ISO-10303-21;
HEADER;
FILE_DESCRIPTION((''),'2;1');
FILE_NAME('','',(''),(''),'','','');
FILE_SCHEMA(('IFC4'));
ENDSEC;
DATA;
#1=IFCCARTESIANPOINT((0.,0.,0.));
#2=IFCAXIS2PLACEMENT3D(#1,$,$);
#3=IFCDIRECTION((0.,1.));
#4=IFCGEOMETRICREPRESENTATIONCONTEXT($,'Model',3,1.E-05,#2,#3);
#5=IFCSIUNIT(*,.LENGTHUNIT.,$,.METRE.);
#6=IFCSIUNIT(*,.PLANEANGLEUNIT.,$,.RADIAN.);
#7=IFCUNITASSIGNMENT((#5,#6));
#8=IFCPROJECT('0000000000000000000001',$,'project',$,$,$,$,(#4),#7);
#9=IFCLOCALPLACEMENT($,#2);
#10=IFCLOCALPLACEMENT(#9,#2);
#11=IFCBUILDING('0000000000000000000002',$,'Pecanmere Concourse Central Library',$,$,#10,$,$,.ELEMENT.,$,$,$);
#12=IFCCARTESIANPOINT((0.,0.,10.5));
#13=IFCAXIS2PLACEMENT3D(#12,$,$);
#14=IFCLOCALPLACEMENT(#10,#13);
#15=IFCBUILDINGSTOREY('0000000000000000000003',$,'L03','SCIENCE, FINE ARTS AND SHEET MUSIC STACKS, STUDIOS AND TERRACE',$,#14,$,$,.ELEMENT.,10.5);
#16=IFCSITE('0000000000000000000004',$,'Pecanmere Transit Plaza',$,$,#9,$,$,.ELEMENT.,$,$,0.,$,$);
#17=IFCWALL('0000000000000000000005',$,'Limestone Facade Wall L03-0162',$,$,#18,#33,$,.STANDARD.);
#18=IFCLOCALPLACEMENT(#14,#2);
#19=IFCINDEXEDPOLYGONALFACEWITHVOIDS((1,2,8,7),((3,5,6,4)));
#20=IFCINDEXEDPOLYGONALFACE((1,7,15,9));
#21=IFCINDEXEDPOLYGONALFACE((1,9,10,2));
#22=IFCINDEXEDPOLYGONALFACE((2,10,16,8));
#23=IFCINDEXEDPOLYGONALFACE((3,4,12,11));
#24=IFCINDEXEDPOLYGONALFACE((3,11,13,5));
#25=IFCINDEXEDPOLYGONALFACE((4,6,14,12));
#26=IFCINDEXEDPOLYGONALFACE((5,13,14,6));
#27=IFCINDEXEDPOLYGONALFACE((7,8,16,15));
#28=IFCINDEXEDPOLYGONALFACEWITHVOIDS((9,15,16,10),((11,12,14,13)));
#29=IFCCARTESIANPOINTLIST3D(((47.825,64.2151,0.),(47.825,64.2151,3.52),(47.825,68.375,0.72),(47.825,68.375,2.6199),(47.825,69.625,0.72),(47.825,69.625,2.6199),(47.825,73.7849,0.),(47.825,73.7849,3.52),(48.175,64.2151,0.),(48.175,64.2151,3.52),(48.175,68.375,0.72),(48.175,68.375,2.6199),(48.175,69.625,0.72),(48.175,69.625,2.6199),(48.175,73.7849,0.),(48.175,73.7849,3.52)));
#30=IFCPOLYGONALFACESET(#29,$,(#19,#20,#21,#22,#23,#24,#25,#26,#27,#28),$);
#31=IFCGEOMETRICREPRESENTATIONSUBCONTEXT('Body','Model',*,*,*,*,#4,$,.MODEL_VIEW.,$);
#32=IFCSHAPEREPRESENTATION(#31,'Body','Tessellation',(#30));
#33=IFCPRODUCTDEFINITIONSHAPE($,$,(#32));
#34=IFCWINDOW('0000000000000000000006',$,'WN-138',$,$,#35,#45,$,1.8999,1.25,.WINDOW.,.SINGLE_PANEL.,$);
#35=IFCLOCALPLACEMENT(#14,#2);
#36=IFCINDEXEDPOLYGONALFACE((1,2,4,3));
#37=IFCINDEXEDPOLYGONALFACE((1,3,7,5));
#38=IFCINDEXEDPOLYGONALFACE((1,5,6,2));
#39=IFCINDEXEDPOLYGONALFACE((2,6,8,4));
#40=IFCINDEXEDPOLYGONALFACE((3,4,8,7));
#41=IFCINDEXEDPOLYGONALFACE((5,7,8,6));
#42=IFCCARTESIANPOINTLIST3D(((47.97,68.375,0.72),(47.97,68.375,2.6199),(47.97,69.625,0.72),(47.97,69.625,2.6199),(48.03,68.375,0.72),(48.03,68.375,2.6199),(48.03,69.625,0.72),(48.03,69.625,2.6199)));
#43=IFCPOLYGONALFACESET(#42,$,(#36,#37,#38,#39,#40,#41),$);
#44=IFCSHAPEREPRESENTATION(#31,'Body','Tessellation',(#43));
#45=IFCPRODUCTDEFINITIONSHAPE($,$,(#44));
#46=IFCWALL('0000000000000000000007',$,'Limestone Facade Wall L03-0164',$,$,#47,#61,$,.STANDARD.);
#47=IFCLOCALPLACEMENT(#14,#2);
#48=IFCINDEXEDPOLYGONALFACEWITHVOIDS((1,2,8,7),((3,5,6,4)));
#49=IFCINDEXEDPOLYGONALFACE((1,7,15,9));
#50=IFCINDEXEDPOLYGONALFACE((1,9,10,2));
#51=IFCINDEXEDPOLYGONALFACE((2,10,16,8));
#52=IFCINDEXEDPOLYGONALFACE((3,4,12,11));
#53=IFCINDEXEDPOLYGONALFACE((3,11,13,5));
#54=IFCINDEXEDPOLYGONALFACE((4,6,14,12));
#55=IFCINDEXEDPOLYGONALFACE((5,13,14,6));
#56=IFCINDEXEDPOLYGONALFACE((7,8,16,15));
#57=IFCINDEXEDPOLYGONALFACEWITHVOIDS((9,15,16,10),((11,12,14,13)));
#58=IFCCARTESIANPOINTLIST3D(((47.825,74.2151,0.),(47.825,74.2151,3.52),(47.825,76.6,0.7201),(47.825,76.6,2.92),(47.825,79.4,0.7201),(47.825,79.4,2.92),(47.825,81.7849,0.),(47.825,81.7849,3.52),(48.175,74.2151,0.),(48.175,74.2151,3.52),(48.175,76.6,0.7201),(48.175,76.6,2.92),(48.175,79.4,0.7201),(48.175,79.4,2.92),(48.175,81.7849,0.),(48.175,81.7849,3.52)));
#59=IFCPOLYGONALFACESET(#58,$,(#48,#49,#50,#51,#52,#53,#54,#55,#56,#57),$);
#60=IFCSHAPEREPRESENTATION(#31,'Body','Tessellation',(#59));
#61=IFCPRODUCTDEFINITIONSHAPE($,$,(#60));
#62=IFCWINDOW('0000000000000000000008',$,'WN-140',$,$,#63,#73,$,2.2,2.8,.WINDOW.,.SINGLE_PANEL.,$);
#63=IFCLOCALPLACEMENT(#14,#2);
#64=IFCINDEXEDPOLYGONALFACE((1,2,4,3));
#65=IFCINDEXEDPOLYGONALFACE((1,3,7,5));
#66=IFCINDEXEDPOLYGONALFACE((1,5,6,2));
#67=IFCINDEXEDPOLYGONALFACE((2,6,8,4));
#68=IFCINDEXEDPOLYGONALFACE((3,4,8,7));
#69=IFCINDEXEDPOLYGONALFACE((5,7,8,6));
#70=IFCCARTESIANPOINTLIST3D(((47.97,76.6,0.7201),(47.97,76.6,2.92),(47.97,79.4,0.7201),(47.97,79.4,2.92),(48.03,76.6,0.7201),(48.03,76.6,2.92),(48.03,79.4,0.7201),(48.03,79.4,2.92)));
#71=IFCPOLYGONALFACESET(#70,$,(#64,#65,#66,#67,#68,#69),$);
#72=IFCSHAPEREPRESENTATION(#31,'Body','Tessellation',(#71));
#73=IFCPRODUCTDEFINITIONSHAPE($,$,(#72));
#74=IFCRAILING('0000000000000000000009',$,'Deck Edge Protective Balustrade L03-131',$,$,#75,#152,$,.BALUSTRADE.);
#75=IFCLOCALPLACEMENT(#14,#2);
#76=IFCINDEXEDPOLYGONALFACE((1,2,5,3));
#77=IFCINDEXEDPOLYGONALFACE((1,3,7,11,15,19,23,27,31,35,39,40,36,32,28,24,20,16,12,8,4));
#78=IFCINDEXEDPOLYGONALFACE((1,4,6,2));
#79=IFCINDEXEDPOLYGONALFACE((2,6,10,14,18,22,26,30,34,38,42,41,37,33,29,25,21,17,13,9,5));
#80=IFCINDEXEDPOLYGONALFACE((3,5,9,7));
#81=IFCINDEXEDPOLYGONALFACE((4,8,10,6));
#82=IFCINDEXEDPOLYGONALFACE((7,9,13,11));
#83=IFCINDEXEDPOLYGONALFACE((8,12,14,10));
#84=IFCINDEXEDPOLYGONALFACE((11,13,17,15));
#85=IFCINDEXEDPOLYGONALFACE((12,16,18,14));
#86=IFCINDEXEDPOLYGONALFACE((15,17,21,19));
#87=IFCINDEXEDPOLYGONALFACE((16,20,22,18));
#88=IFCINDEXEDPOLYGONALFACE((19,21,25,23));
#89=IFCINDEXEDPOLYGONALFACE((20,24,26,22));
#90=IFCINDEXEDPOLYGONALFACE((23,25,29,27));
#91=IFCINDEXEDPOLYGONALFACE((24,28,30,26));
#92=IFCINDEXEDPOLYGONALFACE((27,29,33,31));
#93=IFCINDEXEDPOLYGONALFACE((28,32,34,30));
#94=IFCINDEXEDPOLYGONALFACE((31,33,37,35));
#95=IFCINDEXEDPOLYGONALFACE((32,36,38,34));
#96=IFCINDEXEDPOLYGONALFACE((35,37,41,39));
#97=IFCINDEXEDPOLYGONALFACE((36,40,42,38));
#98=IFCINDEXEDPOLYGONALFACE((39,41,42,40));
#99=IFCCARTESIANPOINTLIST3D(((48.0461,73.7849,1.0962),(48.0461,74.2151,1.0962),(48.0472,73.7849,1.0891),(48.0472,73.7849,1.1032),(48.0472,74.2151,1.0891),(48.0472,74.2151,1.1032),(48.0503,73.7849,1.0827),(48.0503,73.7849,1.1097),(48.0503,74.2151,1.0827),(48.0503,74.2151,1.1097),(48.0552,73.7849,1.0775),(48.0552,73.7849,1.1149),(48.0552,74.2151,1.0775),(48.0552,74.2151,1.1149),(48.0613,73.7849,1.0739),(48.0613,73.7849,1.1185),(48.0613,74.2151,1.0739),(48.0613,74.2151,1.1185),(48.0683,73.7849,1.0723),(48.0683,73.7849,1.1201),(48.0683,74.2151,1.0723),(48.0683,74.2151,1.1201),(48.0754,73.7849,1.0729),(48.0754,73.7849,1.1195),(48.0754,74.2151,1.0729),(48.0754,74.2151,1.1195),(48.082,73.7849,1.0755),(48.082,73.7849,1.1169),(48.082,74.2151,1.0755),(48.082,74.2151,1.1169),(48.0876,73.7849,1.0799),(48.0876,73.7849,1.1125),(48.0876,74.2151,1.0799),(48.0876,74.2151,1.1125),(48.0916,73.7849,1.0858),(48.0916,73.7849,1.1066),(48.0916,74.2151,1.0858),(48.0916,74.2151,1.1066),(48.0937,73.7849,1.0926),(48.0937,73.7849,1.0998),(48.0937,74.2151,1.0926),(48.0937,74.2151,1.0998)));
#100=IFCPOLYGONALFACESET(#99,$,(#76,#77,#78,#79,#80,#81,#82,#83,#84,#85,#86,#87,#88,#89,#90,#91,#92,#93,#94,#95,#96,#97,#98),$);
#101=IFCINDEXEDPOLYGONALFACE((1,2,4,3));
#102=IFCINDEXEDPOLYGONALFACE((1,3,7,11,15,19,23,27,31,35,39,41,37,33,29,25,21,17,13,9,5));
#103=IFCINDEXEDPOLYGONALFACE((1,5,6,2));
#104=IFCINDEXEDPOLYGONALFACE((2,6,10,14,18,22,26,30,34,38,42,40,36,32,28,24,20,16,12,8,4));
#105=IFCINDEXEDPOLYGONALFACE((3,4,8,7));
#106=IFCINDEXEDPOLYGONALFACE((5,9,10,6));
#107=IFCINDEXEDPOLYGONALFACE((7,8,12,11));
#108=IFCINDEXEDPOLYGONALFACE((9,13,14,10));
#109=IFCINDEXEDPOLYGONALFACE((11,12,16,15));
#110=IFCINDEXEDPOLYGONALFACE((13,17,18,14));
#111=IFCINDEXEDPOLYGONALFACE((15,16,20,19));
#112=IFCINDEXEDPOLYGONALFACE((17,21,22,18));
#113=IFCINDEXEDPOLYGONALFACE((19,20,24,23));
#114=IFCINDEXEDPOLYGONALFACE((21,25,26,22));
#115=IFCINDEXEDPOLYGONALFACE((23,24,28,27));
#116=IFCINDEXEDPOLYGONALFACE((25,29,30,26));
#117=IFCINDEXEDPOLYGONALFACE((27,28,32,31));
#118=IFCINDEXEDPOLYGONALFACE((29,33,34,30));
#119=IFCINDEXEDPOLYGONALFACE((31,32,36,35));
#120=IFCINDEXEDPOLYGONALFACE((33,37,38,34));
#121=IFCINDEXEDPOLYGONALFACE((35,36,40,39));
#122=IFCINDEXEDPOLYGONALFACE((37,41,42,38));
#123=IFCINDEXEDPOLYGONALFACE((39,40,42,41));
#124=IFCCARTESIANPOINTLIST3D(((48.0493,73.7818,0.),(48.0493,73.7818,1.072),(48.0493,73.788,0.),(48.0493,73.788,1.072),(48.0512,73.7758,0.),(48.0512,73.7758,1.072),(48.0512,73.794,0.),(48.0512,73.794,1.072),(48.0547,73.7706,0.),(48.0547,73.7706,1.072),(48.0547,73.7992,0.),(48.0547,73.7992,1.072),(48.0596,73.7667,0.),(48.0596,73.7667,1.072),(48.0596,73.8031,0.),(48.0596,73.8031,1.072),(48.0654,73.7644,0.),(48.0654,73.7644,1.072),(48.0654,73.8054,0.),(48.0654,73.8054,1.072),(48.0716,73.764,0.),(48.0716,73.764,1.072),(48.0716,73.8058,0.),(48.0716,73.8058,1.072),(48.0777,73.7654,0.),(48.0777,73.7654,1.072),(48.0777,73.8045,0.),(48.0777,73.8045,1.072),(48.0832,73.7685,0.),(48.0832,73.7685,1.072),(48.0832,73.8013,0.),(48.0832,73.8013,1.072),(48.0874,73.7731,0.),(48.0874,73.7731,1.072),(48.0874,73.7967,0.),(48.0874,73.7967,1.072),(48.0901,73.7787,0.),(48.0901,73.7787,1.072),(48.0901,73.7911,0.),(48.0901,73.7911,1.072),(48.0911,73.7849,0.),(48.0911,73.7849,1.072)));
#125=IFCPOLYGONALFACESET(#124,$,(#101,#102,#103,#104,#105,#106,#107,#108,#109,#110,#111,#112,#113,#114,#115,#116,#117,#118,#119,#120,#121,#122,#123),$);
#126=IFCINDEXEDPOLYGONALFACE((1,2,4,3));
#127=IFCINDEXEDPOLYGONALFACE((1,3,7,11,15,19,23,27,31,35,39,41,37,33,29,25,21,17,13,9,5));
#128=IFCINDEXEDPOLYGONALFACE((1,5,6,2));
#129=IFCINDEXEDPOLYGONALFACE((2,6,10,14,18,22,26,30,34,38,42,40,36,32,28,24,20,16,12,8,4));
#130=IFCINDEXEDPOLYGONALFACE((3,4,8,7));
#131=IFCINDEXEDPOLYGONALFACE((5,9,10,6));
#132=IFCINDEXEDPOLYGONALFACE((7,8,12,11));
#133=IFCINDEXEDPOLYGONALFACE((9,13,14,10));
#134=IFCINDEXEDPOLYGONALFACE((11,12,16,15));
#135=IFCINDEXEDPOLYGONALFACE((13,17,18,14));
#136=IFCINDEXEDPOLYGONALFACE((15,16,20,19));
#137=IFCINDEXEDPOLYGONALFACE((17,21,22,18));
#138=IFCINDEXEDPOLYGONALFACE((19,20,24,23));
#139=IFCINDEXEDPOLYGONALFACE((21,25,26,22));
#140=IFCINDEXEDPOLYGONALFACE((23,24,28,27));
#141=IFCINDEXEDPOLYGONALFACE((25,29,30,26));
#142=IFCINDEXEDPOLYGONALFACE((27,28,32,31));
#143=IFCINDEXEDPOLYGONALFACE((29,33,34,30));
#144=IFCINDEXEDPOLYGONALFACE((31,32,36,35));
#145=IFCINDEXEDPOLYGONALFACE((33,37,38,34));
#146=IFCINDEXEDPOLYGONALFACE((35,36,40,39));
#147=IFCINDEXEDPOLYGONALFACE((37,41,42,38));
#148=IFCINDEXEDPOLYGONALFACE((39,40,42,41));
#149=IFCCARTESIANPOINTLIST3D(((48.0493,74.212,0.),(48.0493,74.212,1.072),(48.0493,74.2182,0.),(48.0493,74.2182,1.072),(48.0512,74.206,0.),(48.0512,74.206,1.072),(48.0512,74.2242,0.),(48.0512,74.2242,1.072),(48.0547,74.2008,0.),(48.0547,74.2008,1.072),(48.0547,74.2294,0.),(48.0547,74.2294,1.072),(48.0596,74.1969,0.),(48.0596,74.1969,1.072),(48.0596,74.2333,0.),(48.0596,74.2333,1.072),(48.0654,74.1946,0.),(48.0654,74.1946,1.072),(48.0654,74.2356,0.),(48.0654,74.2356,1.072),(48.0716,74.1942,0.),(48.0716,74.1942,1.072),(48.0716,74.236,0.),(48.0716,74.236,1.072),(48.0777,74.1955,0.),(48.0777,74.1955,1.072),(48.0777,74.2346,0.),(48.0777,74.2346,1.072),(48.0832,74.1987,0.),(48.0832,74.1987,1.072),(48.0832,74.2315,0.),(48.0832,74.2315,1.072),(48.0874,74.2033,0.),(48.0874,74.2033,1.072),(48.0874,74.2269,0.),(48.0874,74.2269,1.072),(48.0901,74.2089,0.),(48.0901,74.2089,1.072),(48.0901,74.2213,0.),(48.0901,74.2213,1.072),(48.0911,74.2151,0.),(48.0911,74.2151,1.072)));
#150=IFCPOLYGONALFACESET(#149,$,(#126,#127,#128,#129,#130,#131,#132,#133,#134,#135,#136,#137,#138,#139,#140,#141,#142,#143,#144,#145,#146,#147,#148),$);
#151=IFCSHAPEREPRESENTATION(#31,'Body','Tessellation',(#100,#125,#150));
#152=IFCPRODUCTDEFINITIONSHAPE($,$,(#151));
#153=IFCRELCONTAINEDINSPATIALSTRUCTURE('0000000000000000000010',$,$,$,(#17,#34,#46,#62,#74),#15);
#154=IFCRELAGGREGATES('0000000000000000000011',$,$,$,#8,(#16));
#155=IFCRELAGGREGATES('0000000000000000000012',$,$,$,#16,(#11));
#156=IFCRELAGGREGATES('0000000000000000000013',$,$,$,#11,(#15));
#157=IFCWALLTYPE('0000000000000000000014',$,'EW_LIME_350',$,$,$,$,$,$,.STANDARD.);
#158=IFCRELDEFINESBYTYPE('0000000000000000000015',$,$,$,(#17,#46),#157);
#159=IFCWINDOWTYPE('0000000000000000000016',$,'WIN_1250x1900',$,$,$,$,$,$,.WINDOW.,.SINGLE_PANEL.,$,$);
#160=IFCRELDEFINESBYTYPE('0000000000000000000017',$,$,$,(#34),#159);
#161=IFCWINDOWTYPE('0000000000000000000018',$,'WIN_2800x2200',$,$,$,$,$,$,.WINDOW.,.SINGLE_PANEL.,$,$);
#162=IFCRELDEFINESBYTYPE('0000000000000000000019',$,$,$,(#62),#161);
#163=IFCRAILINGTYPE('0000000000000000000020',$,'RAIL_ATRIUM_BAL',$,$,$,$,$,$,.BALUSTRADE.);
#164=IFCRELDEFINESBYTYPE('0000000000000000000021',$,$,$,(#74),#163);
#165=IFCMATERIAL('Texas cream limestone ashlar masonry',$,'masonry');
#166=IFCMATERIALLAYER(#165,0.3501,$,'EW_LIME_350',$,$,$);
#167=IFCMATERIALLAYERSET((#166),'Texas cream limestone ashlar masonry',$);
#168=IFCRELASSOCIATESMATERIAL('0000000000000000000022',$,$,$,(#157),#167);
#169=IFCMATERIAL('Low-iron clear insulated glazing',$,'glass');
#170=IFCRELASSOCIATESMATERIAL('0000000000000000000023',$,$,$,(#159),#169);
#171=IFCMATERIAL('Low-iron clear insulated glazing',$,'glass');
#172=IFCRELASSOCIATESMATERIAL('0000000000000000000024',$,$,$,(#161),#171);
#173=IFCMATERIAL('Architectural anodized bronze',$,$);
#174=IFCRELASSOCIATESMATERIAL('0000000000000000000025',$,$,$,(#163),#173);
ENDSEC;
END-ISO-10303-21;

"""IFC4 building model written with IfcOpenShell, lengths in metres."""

from ifc_helpers import new_model, si_unit, direction, frame, frame_2d, origin, origin_2d, place, context, subcontext, project, spatial, rectangle, circle, extrude, material, layer, layer_set, type_object, element, fill, save


model = new_model("IFC4")

# Units and contexts
model_context = context("Model", 3, precision=1e-05, world=origin(), true_north=direction((0.0, 1.0)))
body_context = subcontext(model_context, "Body", "Model", "MODEL_VIEW")
ifc_project = project(units=[si_unit("LENGTHUNIT", "METRE"), si_unit("PLANEANGLEUNIT", "RADIAN")], contexts=[model_context])

# Site, building, storey
site_placement = place(None, origin())
site = spatial("IfcSite", under=ifc_project, at=site_placement, Name="Pecanmere Transit Plaza", CompositionType="ELEMENT", RefElevation=0.0)
building_placement = place(site_placement, origin())
building = spatial("IfcBuilding", under=site, at=building_placement, Name="Pecanmere Concourse Central Library", CompositionType="ELEMENT")
storey_placement = place(building_placement, frame((0.0, 0.0, 10.5)))
storey = spatial("IfcBuildingStorey", under=building, at=storey_placement, Name="L03", Description="SCIENCE, FINE ARTS AND SHEET MUSIC STACKS, STUDIOS AND TERRACE", CompositionType="ELEMENT", Elevation=10.5)

# Walls, openings, windows
ifc_material_1 = material(Name="Texas cream limestone ashlar masonry", Category="masonry")
ifc_layer_1 = layer(ifc_material_1, 0.3501, Name="EW_LIME_350")
ifc_layer_set_1 = layer_set([ifc_layer_1], Name="Texas cream limestone ashlar masonry")
wall_type = type_object("IfcWallType", Name="EW_LIME_350", PredefinedType="STANDARD", material=ifc_layer_set_1)
wall_1_placement = place(storey_placement, frame((48.0, 73.7849, 0.0), z_axis=(0.0, 0.0, 1.0), x_axis=(0.0, -1.0, 0.0)))
wall_1 = element("IfcWall", 1, at=wall_1_placement, inside=storey, type_object=wall_type, Name="Limestone Facade Wall L03-0162", PredefinedType="STANDARD", context=body_context, shape_type="SweptSolid", body=[
    extrude(rectangle(XDim=9.5698, YDim=0.3501, at=frame_2d((4.7849, 0.0))), origin(), (0.0, 0.0, 1.0), 3.52),
])
opening_1_placement = place(wall_1_placement, frame((4.1599, 0.0, 0.72)))
opening_1 = element("IfcOpeningElement", 2, at=opening_1_placement, cuts=wall_1, PredefinedType="OPENING", context=body_context, shape_type="SweptSolid", body=[
    extrude(rectangle(XDim=1.25, YDim=1.8999, at=frame_2d((0.625, 0.95))), frame((0.0, 0.187, 0.0), z_axis=(0.0, -1.0, 0.0), x_axis=(1.0, 0.0, 0.0)), (0.0, 0.0, 1.0), 0.374),
])
ifc_material_2 = material(Name="Low-iron clear insulated glazing", Category="glass")
window_type_1 = type_object("IfcWindowType", Name="WIN_1250x1900", PartitioningType="SINGLE_PANEL", PredefinedType="WINDOW", material=ifc_material_2)
window_1_placement = place(opening_1_placement, origin())
window_1 = element("IfcWindow", 3, at=window_1_placement, inside=storey, type_object=window_type_1, Name="WN-138", OverallHeight=1.8999, OverallWidth=1.25, PartitioningType="SINGLE_PANEL", PredefinedType="WINDOW", context=body_context, shape_type="SweptSolid", body=[
    extrude(rectangle(XDim=1.25, YDim=1.8999, at=frame_2d((0.625, 0.95))), frame((0.0, 0.03, 0.0), z_axis=(0.0, -1.0, 0.0), x_axis=(1.0, 0.0, 0.0)), (0.0, 0.0, 1.0), 0.0601),
])
fill(opening_1, window_1)
wall_2_placement = place(storey_placement, frame((48.0, 81.7849, 0.0), z_axis=(0.0, 0.0, 1.0), x_axis=(0.0, -1.0, 0.0)))
wall_2 = element("IfcWall", 4, at=wall_2_placement, inside=storey, type_object=wall_type, Name="Limestone Facade Wall L03-0164", PredefinedType="STANDARD", context=body_context, shape_type="SweptSolid", body=[
    extrude(rectangle(XDim=7.5698, YDim=0.3501, at=frame_2d((3.7849, 0.0))), origin(), (0.0, 0.0, 1.0), 3.52),
])
opening_2_placement = place(wall_2_placement, frame((2.385, 0.0, 0.72)))
opening_2 = element("IfcOpeningElement", 5, at=opening_2_placement, cuts=wall_2, PredefinedType="OPENING", context=body_context, shape_type="SweptSolid", body=[
    extrude(rectangle(XDim=2.8, YDim=2.2, at=frame_2d((1.3999, 1.1001))), frame((0.0, 0.187, 0.0), z_axis=(0.0, -1.0, 0.0), x_axis=(1.0, 0.0, 0.0)), (0.0, 0.0, 1.0), 0.374),
])
ifc_material_3 = material(Name="Low-iron clear insulated glazing", Category="glass")
window_type_2 = type_object("IfcWindowType", Name="WIN_2800x2200", PartitioningType="SINGLE_PANEL", PredefinedType="WINDOW", material=ifc_material_3)
window_2_placement = place(opening_2_placement, origin())
window_2 = element("IfcWindow", 6, at=window_2_placement, inside=storey, type_object=window_type_2, Name="WN-140", OverallHeight=2.2, OverallWidth=2.8, PartitioningType="SINGLE_PANEL", PredefinedType="WINDOW", context=body_context, shape_type="SweptSolid", body=[
    extrude(rectangle(XDim=2.8, YDim=2.2, at=frame_2d((1.3999, 1.1001))), frame((0.0, 0.03, 0.0), z_axis=(0.0, -1.0, 0.0), x_axis=(1.0, 0.0, 0.0)), (0.0, 0.0, 1.0), 0.0601),
])
fill(opening_2, window_2)

# Railing
ifc_material_4 = material(Name="Architectural anodized bronze")
railing_type = type_object("IfcRailingType", Name="RAIL_ATRIUM_BAL", PredefinedType="BALUSTRADE", material=ifc_material_4)
for number, where, name in (
    (7, (48.0701, 73.7849, 0.0), "Deck Edge Protective Balustrade L03-131"),
):
    element("IfcRailing", number, at=place(storey_placement, frame(where)), inside=storey, type_object=railing_type, Name=name, PredefinedType="BALUSTRADE", context=body_context, shape_type="SweptSolid", body=[
        extrude(circle(Radius=0.0239, at=origin_2d()), frame((0.0, 0.0, 1.0962), z_axis=(0.0, 1.0, 0.0), x_axis=(-1.0, 0.0, 0.0)), (0.0, 0.0, 1.0), 0.4302),
        extrude(circle(Radius=0.021, at=origin_2d()), origin(), (0.0, 0.0, 1.0), 1.072),
        extrude(circle(Radius=0.021, at=origin_2d()), frame((0.0, 0.4302, 0.0)), (0.0, 0.0, 1.0), 1.072),
    ])

save(model, "model.ifc")
